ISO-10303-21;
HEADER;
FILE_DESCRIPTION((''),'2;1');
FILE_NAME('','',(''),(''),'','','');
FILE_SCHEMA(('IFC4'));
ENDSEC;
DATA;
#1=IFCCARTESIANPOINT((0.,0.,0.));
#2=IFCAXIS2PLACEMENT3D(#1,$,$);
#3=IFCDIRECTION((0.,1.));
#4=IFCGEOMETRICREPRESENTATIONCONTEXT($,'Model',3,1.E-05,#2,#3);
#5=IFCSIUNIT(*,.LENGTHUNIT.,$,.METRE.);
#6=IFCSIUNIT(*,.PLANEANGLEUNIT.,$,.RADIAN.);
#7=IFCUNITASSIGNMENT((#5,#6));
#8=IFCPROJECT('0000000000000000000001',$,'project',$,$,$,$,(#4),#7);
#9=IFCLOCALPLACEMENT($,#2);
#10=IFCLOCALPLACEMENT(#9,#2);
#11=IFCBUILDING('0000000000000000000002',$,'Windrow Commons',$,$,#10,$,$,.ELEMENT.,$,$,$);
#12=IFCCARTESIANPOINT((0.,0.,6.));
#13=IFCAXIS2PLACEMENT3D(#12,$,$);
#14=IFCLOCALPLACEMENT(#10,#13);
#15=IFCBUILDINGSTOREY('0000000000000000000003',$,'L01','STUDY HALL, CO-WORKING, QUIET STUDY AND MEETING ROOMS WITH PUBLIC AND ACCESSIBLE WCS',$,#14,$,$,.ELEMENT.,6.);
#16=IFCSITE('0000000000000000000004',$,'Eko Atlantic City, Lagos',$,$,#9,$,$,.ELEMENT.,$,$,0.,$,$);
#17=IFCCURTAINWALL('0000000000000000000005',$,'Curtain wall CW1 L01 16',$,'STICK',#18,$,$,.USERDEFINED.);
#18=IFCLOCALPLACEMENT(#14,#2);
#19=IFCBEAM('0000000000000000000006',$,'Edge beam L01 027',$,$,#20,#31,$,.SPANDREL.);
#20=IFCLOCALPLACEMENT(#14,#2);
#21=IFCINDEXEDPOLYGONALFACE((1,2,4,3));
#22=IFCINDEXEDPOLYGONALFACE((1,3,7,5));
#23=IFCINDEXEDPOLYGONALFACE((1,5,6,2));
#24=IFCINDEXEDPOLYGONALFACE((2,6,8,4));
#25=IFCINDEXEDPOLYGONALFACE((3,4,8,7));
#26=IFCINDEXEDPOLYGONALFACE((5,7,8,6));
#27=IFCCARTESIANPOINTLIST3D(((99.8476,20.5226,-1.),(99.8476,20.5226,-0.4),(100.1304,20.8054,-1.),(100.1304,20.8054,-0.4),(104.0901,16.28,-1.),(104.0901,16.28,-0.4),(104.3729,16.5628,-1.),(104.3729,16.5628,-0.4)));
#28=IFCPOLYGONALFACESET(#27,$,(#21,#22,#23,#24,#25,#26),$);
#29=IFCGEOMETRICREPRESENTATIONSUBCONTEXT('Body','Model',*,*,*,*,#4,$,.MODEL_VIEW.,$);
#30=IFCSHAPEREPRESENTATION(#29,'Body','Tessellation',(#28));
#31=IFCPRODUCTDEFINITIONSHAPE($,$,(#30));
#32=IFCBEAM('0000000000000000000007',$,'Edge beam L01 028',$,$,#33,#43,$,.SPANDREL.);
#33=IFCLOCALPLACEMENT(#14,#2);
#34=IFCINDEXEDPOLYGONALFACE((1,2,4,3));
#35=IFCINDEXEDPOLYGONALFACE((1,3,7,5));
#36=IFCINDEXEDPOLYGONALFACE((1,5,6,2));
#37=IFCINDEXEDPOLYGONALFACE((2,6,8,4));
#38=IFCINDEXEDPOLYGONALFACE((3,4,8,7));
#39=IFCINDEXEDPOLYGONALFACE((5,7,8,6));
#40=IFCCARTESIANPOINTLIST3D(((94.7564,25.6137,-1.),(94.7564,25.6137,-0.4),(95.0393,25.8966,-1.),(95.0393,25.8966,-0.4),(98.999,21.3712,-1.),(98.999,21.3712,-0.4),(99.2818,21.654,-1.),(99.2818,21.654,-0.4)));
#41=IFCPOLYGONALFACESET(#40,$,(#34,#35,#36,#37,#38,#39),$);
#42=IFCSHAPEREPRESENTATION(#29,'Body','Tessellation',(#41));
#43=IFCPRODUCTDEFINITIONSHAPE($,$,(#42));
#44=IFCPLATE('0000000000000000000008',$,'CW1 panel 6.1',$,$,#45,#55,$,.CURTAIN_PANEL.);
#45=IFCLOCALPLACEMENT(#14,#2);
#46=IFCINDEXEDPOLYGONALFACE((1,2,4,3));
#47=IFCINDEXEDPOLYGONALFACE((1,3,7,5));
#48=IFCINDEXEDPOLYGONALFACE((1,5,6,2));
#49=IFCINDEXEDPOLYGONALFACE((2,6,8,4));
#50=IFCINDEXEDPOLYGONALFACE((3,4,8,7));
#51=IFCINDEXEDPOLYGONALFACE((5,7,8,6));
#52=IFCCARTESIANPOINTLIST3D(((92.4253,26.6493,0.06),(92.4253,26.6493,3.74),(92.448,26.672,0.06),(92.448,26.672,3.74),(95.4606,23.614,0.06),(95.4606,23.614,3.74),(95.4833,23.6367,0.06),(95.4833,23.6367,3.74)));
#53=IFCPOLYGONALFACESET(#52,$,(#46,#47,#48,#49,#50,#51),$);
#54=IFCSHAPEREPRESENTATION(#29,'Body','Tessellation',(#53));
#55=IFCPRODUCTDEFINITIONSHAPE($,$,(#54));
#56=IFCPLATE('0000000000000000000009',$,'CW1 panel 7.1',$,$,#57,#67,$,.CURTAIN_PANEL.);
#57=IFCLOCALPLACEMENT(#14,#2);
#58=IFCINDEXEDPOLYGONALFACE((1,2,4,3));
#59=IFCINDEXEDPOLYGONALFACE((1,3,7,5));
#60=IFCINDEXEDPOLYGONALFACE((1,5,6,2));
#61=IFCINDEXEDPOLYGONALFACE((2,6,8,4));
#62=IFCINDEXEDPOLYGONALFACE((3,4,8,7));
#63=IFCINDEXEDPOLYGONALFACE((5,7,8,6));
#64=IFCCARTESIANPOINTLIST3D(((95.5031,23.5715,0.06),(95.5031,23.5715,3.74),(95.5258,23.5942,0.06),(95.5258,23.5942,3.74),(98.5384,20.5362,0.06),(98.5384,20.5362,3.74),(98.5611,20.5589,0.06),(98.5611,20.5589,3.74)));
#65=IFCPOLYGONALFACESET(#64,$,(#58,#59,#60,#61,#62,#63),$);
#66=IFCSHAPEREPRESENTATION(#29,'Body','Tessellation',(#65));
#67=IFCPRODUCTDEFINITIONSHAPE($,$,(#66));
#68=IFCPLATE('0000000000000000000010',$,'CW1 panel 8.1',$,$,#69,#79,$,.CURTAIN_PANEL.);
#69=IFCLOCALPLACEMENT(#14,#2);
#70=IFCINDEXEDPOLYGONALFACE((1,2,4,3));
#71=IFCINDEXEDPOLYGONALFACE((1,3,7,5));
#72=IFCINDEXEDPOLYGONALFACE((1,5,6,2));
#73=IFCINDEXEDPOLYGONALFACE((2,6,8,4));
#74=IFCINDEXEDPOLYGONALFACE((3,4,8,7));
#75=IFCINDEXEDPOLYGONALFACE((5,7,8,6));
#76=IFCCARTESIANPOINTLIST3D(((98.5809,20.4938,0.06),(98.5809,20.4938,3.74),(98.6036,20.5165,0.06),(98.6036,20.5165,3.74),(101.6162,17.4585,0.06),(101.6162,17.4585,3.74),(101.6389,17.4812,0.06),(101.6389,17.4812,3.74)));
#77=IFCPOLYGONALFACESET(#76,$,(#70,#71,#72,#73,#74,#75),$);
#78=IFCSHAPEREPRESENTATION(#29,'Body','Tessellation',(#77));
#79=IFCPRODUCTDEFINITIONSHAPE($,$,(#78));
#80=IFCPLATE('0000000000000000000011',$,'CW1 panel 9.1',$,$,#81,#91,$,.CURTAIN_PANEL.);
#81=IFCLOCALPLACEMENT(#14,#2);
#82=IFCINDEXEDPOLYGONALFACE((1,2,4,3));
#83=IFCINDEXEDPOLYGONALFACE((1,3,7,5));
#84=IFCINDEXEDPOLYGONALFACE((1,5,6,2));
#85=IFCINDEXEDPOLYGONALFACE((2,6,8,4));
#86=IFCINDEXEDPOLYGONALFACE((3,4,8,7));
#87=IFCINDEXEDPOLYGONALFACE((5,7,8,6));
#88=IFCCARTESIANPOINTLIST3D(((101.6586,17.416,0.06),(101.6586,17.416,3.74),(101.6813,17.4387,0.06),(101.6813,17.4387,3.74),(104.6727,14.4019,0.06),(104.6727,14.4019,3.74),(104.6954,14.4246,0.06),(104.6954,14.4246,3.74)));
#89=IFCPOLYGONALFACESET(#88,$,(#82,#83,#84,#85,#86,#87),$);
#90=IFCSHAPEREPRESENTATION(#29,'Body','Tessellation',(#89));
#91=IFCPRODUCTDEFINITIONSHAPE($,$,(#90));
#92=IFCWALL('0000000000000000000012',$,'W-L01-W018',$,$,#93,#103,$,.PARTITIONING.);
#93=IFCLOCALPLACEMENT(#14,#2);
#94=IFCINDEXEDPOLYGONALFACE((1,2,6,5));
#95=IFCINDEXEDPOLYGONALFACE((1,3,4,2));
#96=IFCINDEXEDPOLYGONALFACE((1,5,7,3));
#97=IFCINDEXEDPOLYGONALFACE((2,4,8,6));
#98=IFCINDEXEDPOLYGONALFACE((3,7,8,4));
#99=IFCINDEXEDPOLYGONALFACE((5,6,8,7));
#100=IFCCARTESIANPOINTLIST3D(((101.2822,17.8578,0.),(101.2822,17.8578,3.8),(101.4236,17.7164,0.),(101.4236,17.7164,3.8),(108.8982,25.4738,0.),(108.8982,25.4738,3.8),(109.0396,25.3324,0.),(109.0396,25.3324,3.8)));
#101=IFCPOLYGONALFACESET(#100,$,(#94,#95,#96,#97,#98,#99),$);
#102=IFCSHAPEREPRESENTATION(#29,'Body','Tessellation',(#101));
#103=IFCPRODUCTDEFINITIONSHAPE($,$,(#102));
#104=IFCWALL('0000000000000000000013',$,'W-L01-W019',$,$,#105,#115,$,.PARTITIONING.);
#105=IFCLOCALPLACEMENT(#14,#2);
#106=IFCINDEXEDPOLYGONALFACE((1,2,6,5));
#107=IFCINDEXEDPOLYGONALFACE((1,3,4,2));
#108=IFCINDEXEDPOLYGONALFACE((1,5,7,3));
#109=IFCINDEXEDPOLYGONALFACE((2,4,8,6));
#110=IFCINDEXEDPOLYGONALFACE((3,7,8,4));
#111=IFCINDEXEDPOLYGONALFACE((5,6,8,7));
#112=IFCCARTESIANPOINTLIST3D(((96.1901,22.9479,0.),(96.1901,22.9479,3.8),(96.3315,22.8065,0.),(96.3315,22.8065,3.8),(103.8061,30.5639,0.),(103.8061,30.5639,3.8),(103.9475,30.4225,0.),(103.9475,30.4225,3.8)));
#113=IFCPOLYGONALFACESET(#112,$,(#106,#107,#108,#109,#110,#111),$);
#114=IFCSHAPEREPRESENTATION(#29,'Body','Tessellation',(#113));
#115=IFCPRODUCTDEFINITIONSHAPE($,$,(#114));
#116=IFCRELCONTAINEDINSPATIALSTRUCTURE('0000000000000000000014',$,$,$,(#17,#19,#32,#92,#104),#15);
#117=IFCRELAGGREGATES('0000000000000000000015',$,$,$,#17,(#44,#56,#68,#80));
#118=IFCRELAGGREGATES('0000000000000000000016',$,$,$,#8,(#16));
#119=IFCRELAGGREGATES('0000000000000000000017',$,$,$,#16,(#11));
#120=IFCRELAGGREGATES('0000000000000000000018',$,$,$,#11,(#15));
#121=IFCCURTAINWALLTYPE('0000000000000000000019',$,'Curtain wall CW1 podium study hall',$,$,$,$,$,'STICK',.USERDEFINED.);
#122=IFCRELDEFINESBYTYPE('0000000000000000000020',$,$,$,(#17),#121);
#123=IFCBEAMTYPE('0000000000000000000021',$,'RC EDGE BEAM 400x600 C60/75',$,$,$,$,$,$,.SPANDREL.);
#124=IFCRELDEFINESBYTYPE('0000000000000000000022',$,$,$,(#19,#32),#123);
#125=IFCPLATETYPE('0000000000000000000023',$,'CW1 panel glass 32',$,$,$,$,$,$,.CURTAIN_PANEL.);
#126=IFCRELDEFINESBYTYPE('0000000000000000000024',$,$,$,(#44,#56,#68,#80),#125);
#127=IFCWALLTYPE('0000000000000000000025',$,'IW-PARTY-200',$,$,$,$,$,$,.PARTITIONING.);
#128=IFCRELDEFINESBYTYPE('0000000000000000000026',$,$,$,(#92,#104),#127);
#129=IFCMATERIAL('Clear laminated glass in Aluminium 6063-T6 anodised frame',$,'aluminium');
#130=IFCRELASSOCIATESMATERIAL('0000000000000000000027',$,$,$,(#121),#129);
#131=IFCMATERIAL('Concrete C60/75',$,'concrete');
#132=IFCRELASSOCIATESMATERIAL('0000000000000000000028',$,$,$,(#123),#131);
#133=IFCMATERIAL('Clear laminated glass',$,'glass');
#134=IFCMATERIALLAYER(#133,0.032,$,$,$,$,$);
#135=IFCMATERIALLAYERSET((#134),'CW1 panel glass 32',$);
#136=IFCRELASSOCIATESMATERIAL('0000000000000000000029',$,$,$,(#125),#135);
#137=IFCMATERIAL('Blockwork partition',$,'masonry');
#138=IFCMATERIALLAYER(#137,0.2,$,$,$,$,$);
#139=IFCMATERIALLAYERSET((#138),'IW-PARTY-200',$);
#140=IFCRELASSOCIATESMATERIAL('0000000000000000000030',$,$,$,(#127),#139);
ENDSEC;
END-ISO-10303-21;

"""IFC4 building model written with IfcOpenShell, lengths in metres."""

from ifc_helpers import new_model, si_unit, direction, frame, frame_2d, origin, origin_2d, place, context, subcontext, project, spatial, rectangle, extrude, material, layer, layer_set, material_profile, profile_set, type_object, element, aggregate, save


model = new_model("IFC4")

# Units and contexts
model_context = context("Model", 3, precision=1e-05, world=origin(), true_north=direction((0.0, 1.0)))
body_context = subcontext(model_context, "Body", "Model", "MODEL_VIEW")
ifc_project = project(units=[si_unit("LENGTHUNIT", "METRE"), si_unit("PLANEANGLEUNIT", "RADIAN")], contexts=[model_context])

# Site, building, storey
site_placement = place(None, origin())
site = spatial("IfcSite", under=ifc_project, at=site_placement, Name="Eko Atlantic City, Lagos", CompositionType="ELEMENT", RefElevation=0.0)
building_placement = place(site_placement, origin())
building = spatial("IfcBuilding", under=site, at=building_placement, Name="Windrow Commons", CompositionType="ELEMENT")
storey_placement = place(building_placement, frame((0.0, 0.0, 6.0)))
storey = spatial("IfcBuildingStorey", under=building, at=storey_placement, Name="L01", Description="STUDY HALL, CO-WORKING, QUIET STUDY AND MEETING ROOMS WITH PUBLIC AND ACCESSIBLE WCS", CompositionType="ELEMENT", Elevation=6.0)

# Shared definitions
ifc_material_1 = material(Name="Clear laminated glass in Aluminium 6063-T6 anodised frame", Category="aluminium")
curtain_wall_type = type_object("IfcCurtainWallType", Name="Curtain wall CW1 podium study hall", ElementType="STICK", PredefinedType="USERDEFINED", material=ifc_material_1)
placement = place(storey_placement, origin())

# Curtain wall
curtain_wall_1 = element("IfcCurtainWall", 1, at=placement, inside=storey, type_object=curtain_wall_type, Name="Curtain wall CW1 L01 16", ObjectType="STICK", PredefinedType="USERDEFINED")

# Beams
ifc_material_2 = material(Name="Concrete C60/75", Category="concrete")
ifc_material_profile_1 = material_profile(ifc_material_2, rectangle(XDim=0.4, YDim=0.6, at=origin_2d()))
ifc_profile_set_1 = profile_set([ifc_material_profile_1], Name="Concrete C60/75")
beam_type = type_object("IfcBeamType", Name="RC EDGE BEAM 400x600 C60/75", PredefinedType="SPANDREL", material=ifc_profile_set_1)
for number, where, z_axis, x_axis, name in (
    (2, (104.2315, 16.4214, -0.7), (-0.707098, 0.707115, 0.0), (-0.707115, -0.707098, 0.0), "Edge beam L01 027"),
    (3, (99.1404, 21.5126, -0.7), (-0.707107, 0.707107, 0.0), (-0.707107, -0.707107, 0.0), "Edge beam L01 028"),
):
    element("IfcBeam", number, at=place(storey_placement, frame(where, z_axis=z_axis, x_axis=x_axis)), inside=storey, type_object=beam_type, Name=name, PredefinedType="SPANDREL", context=body_context, shape_type="SweptSolid", body=[
        extrude(rectangle(XDim=0.4, YDim=0.6, at=origin_2d()), origin(), (0.0, 0.0, 1.0), 5.9999),
    ])

# Plates
ifc_material_3 = material(Name="Clear laminated glass", Category="glass")
ifc_layer_1 = layer(ifc_material_3, 0.032)
ifc_layer_set_1 = layer_set([ifc_layer_1], Name="CW1 panel glass 32")
plate_type = type_object("IfcPlateType", Name="CW1 panel glass 32", PredefinedType="CURTAIN_PANEL", material=ifc_layer_set_1)
plate_1_placement = place(storey_placement, frame((93.9543, 25.143, 0.06), z_axis=(0.0, 0.0, 1.0), x_axis=(0.707107, -0.707107, 0.0)))
plate_1 = element("IfcPlate", 4, at=plate_1_placement, type_object=plate_type, Name="CW1 panel 6.1", PredefinedType="CURTAIN_PANEL", context=body_context, shape_type="SweptSolid", body=[
    extrude(rectangle(XDim=4.2926, YDim=0.032, at=origin_2d()), origin(), (0.0, 0.0, 1.0), 3.68),
])
plate_2_placement = place(storey_placement, frame((97.0321, 22.0652, 0.06), z_axis=(0.0, 0.0, 1.0), x_axis=(0.707107, -0.707107, 0.0)))
plate_2 = element("IfcPlate", 5, at=plate_2_placement, type_object=plate_type, Name="CW1 panel 7.1", PredefinedType="CURTAIN_PANEL", context=body_context, shape_type="SweptSolid", body=[
    extrude(rectangle(XDim=4.2926, YDim=0.032, at=origin_2d()), origin(), (0.0, 0.0, 1.0), 3.68),
])
plate_3_placement = place(storey_placement, frame((100.1099, 18.9875, 0.06), z_axis=(0.0, 0.0, 1.0), x_axis=(0.707107, -0.707107, 0.0)))
plate_3 = element("IfcPlate", 6, at=plate_3_placement, type_object=plate_type, Name="CW1 panel 8.1", PredefinedType="CURTAIN_PANEL", context=body_context, shape_type="SweptSolid", body=[
    extrude(rectangle(XDim=4.2926, YDim=0.032, at=origin_2d()), origin(), (0.0, 0.0, 1.0), 3.68),
])
plate_4_placement = place(storey_placement, frame((103.177, 15.9203, 0.06), z_axis=(0.0, 0.0, 1.0), x_axis=(0.707107, -0.707107, 0.0)))
plate_4 = element("IfcPlate", 7, at=plate_4_placement, type_object=plate_type, Name="CW1 panel 9.1", PredefinedType="CURTAIN_PANEL", context=body_context, shape_type="SweptSolid", body=[
    extrude(rectangle(XDim=4.2626, YDim=0.032, at=origin_2d()), origin(), (0.0, 0.0, 1.0), 3.68),
])
aggregate(curtain_wall_1, [plate_1, plate_2, plate_3, plate_4])

# Walls
ifc_material_4 = material(Name="Blockwork partition", Category="masonry")
ifc_layer_2 = layer(ifc_material_4, 0.2)
ifc_layer_set_2 = layer_set([ifc_layer_2], Name="IW-PARTY-200")
wall_type = type_object("IfcWallType", Name="IW-PARTY-200", PredefinedType="PARTITIONING", material=ifc_layer_set_2)
for number, where, z_axis, x_axis, name in (
    (8, (101.3529, 17.7871, 0.0), (0.0, 0.0, 1.0), (0.707107, 0.707107, 0.0), "W-L01-W018"),
    (9, (96.2608, 22.8772, 0.0), (0.0, 0.0, 1.0), (0.707107, 0.707107, 0.0), "W-L01-W019"),
):
    element("IfcWall", number, at=place(storey_placement, frame(where, z_axis=z_axis, x_axis=x_axis)), inside=storey, type_object=wall_type, Name=name, PredefinedType="PARTITIONING", context=body_context, shape_type="SweptSolid", body=[
        extrude(rectangle(XDim=10.7707, YDim=0.2, at=frame_2d((5.3853, 0.0))), origin(), (0.0, 0.0, 1.0), 3.8),
    ])

save(model, "model.ifc")
